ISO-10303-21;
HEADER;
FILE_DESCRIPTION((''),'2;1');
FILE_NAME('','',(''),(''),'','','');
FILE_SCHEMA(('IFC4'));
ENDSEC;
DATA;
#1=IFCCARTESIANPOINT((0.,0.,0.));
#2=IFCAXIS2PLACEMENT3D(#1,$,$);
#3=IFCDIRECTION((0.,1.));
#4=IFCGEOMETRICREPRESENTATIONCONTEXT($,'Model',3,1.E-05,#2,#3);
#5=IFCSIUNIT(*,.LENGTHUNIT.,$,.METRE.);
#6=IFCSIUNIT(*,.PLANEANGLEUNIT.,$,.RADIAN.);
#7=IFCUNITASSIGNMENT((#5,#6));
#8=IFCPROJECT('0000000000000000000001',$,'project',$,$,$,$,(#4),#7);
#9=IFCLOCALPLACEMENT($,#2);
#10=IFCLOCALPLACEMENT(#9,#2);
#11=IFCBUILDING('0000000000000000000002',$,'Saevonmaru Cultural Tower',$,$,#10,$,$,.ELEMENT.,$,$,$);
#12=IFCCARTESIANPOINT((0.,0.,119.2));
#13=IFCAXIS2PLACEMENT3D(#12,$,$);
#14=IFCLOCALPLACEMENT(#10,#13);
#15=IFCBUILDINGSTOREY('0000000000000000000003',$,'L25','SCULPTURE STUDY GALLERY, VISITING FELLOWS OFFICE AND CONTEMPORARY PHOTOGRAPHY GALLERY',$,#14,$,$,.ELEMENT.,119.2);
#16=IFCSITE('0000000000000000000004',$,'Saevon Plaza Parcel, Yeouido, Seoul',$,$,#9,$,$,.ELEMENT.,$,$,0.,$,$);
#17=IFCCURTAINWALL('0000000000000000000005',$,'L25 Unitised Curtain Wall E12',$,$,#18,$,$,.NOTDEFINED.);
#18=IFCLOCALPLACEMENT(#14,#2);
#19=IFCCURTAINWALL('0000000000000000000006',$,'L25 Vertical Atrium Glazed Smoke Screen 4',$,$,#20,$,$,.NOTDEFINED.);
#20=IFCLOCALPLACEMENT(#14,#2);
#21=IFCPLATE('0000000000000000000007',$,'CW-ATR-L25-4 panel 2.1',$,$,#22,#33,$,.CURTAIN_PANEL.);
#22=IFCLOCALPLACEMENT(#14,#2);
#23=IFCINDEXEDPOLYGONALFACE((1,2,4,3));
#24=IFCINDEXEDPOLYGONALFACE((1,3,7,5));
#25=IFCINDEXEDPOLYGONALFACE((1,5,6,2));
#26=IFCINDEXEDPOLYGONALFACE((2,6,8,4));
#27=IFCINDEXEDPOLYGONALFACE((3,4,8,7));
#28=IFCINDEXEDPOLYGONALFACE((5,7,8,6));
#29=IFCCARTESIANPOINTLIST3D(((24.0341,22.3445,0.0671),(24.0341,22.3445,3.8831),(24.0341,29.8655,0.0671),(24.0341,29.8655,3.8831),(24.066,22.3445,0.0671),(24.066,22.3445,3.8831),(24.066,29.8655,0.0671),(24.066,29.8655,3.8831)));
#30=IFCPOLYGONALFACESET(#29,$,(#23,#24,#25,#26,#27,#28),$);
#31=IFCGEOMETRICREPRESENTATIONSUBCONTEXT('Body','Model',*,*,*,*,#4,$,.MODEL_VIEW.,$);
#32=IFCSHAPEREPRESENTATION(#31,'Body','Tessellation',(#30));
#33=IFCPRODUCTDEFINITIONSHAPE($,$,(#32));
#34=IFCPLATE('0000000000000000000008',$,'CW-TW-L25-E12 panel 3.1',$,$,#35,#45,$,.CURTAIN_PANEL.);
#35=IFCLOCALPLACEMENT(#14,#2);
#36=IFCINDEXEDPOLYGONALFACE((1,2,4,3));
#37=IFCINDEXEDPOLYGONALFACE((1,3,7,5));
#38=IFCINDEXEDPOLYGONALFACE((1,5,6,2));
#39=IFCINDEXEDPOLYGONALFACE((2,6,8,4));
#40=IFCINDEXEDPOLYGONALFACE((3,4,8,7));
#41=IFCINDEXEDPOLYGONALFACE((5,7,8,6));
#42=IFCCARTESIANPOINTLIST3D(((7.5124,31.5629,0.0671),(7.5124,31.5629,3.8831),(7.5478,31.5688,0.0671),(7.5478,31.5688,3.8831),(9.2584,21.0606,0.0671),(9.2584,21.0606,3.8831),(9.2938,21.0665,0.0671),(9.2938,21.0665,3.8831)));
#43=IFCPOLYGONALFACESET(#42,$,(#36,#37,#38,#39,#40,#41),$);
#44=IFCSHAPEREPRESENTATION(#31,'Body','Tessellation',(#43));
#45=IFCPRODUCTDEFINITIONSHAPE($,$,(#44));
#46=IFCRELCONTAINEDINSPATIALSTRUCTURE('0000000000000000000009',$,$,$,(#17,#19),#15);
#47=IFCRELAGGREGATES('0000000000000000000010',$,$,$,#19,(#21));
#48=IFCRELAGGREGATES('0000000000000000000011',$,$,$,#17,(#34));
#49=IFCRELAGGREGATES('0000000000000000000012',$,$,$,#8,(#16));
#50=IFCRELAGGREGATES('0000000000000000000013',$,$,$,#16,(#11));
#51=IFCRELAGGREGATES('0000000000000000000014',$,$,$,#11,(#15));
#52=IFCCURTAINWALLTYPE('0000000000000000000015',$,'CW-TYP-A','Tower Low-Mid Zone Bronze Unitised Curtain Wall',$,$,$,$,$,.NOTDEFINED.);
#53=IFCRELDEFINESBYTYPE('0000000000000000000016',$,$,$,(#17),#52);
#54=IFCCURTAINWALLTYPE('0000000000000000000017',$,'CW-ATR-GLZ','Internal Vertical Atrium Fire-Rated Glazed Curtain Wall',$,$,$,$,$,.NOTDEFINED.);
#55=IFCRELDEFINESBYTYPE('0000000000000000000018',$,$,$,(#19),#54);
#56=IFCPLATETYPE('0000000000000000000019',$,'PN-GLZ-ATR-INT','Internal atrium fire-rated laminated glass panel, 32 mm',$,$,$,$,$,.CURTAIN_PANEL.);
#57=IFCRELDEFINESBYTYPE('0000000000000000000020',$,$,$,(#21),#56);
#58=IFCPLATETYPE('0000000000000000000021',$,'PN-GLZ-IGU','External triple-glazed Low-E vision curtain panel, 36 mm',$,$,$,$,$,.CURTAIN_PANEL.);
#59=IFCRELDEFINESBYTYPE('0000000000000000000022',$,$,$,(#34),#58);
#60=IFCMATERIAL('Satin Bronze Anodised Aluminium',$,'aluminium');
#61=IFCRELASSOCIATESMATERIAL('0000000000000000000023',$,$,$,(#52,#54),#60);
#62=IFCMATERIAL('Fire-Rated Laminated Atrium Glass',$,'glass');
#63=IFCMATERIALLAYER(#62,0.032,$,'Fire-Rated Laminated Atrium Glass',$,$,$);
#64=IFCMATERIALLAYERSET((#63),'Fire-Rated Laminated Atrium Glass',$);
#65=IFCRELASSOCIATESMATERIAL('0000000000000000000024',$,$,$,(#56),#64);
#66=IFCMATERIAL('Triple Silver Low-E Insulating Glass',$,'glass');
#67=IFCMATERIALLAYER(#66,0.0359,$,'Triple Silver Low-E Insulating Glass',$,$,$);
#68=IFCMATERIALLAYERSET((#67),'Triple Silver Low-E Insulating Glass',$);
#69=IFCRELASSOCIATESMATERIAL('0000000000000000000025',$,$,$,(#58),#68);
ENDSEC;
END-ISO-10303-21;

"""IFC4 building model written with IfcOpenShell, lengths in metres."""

from ifc_helpers import new_model, si_unit, direction, frame, origin, origin_2d, place, context, subcontext, project, spatial, rectangle, extrude, material, layer, layer_set, type_object, element, aggregate, save


model = new_model("IFC4")

# Units and contexts
model_context = context("Model", 3, precision=1e-05, world=origin(), true_north=direction((0.0, 1.0)))
body_context = subcontext(model_context, "Body", "Model", "MODEL_VIEW")
ifc_project = project(units=[si_unit("LENGTHUNIT", "METRE"), si_unit("PLANEANGLEUNIT", "RADIAN")], contexts=[model_context])

# Site, building, storey
site_placement = place(None, origin())
site = spatial("IfcSite", under=ifc_project, at=site_placement, Name="Saevon Plaza Parcel, Yeouido, Seoul", CompositionType="ELEMENT", RefElevation=0.0)
building_placement = place(site_placement, origin())
building = spatial("IfcBuilding", under=site, at=building_placement, Name="Saevonmaru Cultural Tower", CompositionType="ELEMENT")
storey_placement = place(building_placement, frame((0.0, 0.0, 119.2)))
storey = spatial("IfcBuildingStorey", under=building, at=storey_placement, Name="L25", Description="SCULPTURE STUDY GALLERY, VISITING FELLOWS OFFICE AND CONTEMPORARY PHOTOGRAPHY GALLERY", CompositionType="ELEMENT", Elevation=119.2)

# Curtain walls
ifc_material_1 = material(Name="Satin Bronze Anodised Aluminium", Category="aluminium")
curtain_wall_type_1 = type_object("IfcCurtainWallType", Name="CW-TYP-A", Description="Tower Low-Mid Zone Bronze Unitised Curtain Wall", PredefinedType="NOTDEFINED", material=ifc_material_1)
curtain_wall_1_placement = place(storey_placement, origin())
curtain_wall_1 = element("IfcCurtainWall", 1, at=curtain_wall_1_placement, inside=storey, type_object=curtain_wall_type_1, Name="L25 Unitised Curtain Wall E12", PredefinedType="NOTDEFINED")
curtain_wall_type_2 = type_object("IfcCurtainWallType", Name="CW-ATR-GLZ", Description="Internal Vertical Atrium Fire-Rated Glazed Curtain Wall", PredefinedType="NOTDEFINED", material=ifc_material_1)
curtain_wall_2_placement = place(storey_placement, origin())
curtain_wall_2 = element("IfcCurtainWall", 2, at=curtain_wall_2_placement, inside=storey, type_object=curtain_wall_type_2, Name="L25 Vertical Atrium Glazed Smoke Screen 4", PredefinedType="NOTDEFINED")

# Plates
ifc_material_2 = material(Name="Fire-Rated Laminated Atrium Glass", Category="glass")
ifc_layer_1 = layer(ifc_material_2, 0.032, Name="Fire-Rated Laminated Atrium Glass")
ifc_layer_set_1 = layer_set([ifc_layer_1], Name="Fire-Rated Laminated Atrium Glass")
plate_type_1 = type_object("IfcPlateType", Name="PN-GLZ-ATR-INT", Description="Internal atrium fire-rated laminated glass panel, 32 mm", PredefinedType="CURTAIN_PANEL", material=ifc_layer_set_1)
plate_1_placement = place(storey_placement, frame((24.05, 26.105, 0.0671), z_axis=(0.0, 0.0, 1.0), x_axis=(0.0, -1.0, 0.0)))
plate_1 = element("IfcPlate", 3, at=plate_1_placement, type_object=plate_type_1, Name="CW-ATR-L25-4 panel 2.1", PredefinedType="CURTAIN_PANEL", context=body_context, shape_type="SweptSolid", body=[
    extrude(rectangle(XDim=7.521, YDim=0.032, at=origin_2d()), origin(), (0.0, 0.0, 1.0), 3.8159),
])
aggregate(curtain_wall_2, [plate_1])
ifc_material_3 = material(Name="Triple Silver Low-E Insulating Glass", Category="glass")
ifc_layer_2 = layer(ifc_material_3, 0.0359, Name="Triple Silver Low-E Insulating Glass")
ifc_layer_set_2 = layer_set([ifc_layer_2], Name="Triple Silver Low-E Insulating Glass")
plate_type_2 = type_object("IfcPlateType", Name="PN-GLZ-IGU", Description="External triple-glazed Low-E vision curtain panel, 36 mm", PredefinedType="CURTAIN_PANEL", material=ifc_layer_set_2)
plate_2_placement = place(storey_placement, frame((8.4031, 26.3147, 0.0671), z_axis=(0.0, 0.0, 1.0), x_axis=(0.163999, -0.986461, 0.0)))
plate_2 = element("IfcPlate", 4, at=plate_2_placement, type_object=plate_type_2, Name="CW-TW-L25-E12 panel 3.1", PredefinedType="CURTAIN_PANEL", context=body_context, shape_type="SweptSolid", body=[
    extrude(rectangle(XDim=10.6465, YDim=0.0359, at=origin_2d()), origin(), (0.0, 0.0, 1.0), 3.8159),
])
aggregate(curtain_wall_1, [plate_2])

save(model, "model.ifc")
